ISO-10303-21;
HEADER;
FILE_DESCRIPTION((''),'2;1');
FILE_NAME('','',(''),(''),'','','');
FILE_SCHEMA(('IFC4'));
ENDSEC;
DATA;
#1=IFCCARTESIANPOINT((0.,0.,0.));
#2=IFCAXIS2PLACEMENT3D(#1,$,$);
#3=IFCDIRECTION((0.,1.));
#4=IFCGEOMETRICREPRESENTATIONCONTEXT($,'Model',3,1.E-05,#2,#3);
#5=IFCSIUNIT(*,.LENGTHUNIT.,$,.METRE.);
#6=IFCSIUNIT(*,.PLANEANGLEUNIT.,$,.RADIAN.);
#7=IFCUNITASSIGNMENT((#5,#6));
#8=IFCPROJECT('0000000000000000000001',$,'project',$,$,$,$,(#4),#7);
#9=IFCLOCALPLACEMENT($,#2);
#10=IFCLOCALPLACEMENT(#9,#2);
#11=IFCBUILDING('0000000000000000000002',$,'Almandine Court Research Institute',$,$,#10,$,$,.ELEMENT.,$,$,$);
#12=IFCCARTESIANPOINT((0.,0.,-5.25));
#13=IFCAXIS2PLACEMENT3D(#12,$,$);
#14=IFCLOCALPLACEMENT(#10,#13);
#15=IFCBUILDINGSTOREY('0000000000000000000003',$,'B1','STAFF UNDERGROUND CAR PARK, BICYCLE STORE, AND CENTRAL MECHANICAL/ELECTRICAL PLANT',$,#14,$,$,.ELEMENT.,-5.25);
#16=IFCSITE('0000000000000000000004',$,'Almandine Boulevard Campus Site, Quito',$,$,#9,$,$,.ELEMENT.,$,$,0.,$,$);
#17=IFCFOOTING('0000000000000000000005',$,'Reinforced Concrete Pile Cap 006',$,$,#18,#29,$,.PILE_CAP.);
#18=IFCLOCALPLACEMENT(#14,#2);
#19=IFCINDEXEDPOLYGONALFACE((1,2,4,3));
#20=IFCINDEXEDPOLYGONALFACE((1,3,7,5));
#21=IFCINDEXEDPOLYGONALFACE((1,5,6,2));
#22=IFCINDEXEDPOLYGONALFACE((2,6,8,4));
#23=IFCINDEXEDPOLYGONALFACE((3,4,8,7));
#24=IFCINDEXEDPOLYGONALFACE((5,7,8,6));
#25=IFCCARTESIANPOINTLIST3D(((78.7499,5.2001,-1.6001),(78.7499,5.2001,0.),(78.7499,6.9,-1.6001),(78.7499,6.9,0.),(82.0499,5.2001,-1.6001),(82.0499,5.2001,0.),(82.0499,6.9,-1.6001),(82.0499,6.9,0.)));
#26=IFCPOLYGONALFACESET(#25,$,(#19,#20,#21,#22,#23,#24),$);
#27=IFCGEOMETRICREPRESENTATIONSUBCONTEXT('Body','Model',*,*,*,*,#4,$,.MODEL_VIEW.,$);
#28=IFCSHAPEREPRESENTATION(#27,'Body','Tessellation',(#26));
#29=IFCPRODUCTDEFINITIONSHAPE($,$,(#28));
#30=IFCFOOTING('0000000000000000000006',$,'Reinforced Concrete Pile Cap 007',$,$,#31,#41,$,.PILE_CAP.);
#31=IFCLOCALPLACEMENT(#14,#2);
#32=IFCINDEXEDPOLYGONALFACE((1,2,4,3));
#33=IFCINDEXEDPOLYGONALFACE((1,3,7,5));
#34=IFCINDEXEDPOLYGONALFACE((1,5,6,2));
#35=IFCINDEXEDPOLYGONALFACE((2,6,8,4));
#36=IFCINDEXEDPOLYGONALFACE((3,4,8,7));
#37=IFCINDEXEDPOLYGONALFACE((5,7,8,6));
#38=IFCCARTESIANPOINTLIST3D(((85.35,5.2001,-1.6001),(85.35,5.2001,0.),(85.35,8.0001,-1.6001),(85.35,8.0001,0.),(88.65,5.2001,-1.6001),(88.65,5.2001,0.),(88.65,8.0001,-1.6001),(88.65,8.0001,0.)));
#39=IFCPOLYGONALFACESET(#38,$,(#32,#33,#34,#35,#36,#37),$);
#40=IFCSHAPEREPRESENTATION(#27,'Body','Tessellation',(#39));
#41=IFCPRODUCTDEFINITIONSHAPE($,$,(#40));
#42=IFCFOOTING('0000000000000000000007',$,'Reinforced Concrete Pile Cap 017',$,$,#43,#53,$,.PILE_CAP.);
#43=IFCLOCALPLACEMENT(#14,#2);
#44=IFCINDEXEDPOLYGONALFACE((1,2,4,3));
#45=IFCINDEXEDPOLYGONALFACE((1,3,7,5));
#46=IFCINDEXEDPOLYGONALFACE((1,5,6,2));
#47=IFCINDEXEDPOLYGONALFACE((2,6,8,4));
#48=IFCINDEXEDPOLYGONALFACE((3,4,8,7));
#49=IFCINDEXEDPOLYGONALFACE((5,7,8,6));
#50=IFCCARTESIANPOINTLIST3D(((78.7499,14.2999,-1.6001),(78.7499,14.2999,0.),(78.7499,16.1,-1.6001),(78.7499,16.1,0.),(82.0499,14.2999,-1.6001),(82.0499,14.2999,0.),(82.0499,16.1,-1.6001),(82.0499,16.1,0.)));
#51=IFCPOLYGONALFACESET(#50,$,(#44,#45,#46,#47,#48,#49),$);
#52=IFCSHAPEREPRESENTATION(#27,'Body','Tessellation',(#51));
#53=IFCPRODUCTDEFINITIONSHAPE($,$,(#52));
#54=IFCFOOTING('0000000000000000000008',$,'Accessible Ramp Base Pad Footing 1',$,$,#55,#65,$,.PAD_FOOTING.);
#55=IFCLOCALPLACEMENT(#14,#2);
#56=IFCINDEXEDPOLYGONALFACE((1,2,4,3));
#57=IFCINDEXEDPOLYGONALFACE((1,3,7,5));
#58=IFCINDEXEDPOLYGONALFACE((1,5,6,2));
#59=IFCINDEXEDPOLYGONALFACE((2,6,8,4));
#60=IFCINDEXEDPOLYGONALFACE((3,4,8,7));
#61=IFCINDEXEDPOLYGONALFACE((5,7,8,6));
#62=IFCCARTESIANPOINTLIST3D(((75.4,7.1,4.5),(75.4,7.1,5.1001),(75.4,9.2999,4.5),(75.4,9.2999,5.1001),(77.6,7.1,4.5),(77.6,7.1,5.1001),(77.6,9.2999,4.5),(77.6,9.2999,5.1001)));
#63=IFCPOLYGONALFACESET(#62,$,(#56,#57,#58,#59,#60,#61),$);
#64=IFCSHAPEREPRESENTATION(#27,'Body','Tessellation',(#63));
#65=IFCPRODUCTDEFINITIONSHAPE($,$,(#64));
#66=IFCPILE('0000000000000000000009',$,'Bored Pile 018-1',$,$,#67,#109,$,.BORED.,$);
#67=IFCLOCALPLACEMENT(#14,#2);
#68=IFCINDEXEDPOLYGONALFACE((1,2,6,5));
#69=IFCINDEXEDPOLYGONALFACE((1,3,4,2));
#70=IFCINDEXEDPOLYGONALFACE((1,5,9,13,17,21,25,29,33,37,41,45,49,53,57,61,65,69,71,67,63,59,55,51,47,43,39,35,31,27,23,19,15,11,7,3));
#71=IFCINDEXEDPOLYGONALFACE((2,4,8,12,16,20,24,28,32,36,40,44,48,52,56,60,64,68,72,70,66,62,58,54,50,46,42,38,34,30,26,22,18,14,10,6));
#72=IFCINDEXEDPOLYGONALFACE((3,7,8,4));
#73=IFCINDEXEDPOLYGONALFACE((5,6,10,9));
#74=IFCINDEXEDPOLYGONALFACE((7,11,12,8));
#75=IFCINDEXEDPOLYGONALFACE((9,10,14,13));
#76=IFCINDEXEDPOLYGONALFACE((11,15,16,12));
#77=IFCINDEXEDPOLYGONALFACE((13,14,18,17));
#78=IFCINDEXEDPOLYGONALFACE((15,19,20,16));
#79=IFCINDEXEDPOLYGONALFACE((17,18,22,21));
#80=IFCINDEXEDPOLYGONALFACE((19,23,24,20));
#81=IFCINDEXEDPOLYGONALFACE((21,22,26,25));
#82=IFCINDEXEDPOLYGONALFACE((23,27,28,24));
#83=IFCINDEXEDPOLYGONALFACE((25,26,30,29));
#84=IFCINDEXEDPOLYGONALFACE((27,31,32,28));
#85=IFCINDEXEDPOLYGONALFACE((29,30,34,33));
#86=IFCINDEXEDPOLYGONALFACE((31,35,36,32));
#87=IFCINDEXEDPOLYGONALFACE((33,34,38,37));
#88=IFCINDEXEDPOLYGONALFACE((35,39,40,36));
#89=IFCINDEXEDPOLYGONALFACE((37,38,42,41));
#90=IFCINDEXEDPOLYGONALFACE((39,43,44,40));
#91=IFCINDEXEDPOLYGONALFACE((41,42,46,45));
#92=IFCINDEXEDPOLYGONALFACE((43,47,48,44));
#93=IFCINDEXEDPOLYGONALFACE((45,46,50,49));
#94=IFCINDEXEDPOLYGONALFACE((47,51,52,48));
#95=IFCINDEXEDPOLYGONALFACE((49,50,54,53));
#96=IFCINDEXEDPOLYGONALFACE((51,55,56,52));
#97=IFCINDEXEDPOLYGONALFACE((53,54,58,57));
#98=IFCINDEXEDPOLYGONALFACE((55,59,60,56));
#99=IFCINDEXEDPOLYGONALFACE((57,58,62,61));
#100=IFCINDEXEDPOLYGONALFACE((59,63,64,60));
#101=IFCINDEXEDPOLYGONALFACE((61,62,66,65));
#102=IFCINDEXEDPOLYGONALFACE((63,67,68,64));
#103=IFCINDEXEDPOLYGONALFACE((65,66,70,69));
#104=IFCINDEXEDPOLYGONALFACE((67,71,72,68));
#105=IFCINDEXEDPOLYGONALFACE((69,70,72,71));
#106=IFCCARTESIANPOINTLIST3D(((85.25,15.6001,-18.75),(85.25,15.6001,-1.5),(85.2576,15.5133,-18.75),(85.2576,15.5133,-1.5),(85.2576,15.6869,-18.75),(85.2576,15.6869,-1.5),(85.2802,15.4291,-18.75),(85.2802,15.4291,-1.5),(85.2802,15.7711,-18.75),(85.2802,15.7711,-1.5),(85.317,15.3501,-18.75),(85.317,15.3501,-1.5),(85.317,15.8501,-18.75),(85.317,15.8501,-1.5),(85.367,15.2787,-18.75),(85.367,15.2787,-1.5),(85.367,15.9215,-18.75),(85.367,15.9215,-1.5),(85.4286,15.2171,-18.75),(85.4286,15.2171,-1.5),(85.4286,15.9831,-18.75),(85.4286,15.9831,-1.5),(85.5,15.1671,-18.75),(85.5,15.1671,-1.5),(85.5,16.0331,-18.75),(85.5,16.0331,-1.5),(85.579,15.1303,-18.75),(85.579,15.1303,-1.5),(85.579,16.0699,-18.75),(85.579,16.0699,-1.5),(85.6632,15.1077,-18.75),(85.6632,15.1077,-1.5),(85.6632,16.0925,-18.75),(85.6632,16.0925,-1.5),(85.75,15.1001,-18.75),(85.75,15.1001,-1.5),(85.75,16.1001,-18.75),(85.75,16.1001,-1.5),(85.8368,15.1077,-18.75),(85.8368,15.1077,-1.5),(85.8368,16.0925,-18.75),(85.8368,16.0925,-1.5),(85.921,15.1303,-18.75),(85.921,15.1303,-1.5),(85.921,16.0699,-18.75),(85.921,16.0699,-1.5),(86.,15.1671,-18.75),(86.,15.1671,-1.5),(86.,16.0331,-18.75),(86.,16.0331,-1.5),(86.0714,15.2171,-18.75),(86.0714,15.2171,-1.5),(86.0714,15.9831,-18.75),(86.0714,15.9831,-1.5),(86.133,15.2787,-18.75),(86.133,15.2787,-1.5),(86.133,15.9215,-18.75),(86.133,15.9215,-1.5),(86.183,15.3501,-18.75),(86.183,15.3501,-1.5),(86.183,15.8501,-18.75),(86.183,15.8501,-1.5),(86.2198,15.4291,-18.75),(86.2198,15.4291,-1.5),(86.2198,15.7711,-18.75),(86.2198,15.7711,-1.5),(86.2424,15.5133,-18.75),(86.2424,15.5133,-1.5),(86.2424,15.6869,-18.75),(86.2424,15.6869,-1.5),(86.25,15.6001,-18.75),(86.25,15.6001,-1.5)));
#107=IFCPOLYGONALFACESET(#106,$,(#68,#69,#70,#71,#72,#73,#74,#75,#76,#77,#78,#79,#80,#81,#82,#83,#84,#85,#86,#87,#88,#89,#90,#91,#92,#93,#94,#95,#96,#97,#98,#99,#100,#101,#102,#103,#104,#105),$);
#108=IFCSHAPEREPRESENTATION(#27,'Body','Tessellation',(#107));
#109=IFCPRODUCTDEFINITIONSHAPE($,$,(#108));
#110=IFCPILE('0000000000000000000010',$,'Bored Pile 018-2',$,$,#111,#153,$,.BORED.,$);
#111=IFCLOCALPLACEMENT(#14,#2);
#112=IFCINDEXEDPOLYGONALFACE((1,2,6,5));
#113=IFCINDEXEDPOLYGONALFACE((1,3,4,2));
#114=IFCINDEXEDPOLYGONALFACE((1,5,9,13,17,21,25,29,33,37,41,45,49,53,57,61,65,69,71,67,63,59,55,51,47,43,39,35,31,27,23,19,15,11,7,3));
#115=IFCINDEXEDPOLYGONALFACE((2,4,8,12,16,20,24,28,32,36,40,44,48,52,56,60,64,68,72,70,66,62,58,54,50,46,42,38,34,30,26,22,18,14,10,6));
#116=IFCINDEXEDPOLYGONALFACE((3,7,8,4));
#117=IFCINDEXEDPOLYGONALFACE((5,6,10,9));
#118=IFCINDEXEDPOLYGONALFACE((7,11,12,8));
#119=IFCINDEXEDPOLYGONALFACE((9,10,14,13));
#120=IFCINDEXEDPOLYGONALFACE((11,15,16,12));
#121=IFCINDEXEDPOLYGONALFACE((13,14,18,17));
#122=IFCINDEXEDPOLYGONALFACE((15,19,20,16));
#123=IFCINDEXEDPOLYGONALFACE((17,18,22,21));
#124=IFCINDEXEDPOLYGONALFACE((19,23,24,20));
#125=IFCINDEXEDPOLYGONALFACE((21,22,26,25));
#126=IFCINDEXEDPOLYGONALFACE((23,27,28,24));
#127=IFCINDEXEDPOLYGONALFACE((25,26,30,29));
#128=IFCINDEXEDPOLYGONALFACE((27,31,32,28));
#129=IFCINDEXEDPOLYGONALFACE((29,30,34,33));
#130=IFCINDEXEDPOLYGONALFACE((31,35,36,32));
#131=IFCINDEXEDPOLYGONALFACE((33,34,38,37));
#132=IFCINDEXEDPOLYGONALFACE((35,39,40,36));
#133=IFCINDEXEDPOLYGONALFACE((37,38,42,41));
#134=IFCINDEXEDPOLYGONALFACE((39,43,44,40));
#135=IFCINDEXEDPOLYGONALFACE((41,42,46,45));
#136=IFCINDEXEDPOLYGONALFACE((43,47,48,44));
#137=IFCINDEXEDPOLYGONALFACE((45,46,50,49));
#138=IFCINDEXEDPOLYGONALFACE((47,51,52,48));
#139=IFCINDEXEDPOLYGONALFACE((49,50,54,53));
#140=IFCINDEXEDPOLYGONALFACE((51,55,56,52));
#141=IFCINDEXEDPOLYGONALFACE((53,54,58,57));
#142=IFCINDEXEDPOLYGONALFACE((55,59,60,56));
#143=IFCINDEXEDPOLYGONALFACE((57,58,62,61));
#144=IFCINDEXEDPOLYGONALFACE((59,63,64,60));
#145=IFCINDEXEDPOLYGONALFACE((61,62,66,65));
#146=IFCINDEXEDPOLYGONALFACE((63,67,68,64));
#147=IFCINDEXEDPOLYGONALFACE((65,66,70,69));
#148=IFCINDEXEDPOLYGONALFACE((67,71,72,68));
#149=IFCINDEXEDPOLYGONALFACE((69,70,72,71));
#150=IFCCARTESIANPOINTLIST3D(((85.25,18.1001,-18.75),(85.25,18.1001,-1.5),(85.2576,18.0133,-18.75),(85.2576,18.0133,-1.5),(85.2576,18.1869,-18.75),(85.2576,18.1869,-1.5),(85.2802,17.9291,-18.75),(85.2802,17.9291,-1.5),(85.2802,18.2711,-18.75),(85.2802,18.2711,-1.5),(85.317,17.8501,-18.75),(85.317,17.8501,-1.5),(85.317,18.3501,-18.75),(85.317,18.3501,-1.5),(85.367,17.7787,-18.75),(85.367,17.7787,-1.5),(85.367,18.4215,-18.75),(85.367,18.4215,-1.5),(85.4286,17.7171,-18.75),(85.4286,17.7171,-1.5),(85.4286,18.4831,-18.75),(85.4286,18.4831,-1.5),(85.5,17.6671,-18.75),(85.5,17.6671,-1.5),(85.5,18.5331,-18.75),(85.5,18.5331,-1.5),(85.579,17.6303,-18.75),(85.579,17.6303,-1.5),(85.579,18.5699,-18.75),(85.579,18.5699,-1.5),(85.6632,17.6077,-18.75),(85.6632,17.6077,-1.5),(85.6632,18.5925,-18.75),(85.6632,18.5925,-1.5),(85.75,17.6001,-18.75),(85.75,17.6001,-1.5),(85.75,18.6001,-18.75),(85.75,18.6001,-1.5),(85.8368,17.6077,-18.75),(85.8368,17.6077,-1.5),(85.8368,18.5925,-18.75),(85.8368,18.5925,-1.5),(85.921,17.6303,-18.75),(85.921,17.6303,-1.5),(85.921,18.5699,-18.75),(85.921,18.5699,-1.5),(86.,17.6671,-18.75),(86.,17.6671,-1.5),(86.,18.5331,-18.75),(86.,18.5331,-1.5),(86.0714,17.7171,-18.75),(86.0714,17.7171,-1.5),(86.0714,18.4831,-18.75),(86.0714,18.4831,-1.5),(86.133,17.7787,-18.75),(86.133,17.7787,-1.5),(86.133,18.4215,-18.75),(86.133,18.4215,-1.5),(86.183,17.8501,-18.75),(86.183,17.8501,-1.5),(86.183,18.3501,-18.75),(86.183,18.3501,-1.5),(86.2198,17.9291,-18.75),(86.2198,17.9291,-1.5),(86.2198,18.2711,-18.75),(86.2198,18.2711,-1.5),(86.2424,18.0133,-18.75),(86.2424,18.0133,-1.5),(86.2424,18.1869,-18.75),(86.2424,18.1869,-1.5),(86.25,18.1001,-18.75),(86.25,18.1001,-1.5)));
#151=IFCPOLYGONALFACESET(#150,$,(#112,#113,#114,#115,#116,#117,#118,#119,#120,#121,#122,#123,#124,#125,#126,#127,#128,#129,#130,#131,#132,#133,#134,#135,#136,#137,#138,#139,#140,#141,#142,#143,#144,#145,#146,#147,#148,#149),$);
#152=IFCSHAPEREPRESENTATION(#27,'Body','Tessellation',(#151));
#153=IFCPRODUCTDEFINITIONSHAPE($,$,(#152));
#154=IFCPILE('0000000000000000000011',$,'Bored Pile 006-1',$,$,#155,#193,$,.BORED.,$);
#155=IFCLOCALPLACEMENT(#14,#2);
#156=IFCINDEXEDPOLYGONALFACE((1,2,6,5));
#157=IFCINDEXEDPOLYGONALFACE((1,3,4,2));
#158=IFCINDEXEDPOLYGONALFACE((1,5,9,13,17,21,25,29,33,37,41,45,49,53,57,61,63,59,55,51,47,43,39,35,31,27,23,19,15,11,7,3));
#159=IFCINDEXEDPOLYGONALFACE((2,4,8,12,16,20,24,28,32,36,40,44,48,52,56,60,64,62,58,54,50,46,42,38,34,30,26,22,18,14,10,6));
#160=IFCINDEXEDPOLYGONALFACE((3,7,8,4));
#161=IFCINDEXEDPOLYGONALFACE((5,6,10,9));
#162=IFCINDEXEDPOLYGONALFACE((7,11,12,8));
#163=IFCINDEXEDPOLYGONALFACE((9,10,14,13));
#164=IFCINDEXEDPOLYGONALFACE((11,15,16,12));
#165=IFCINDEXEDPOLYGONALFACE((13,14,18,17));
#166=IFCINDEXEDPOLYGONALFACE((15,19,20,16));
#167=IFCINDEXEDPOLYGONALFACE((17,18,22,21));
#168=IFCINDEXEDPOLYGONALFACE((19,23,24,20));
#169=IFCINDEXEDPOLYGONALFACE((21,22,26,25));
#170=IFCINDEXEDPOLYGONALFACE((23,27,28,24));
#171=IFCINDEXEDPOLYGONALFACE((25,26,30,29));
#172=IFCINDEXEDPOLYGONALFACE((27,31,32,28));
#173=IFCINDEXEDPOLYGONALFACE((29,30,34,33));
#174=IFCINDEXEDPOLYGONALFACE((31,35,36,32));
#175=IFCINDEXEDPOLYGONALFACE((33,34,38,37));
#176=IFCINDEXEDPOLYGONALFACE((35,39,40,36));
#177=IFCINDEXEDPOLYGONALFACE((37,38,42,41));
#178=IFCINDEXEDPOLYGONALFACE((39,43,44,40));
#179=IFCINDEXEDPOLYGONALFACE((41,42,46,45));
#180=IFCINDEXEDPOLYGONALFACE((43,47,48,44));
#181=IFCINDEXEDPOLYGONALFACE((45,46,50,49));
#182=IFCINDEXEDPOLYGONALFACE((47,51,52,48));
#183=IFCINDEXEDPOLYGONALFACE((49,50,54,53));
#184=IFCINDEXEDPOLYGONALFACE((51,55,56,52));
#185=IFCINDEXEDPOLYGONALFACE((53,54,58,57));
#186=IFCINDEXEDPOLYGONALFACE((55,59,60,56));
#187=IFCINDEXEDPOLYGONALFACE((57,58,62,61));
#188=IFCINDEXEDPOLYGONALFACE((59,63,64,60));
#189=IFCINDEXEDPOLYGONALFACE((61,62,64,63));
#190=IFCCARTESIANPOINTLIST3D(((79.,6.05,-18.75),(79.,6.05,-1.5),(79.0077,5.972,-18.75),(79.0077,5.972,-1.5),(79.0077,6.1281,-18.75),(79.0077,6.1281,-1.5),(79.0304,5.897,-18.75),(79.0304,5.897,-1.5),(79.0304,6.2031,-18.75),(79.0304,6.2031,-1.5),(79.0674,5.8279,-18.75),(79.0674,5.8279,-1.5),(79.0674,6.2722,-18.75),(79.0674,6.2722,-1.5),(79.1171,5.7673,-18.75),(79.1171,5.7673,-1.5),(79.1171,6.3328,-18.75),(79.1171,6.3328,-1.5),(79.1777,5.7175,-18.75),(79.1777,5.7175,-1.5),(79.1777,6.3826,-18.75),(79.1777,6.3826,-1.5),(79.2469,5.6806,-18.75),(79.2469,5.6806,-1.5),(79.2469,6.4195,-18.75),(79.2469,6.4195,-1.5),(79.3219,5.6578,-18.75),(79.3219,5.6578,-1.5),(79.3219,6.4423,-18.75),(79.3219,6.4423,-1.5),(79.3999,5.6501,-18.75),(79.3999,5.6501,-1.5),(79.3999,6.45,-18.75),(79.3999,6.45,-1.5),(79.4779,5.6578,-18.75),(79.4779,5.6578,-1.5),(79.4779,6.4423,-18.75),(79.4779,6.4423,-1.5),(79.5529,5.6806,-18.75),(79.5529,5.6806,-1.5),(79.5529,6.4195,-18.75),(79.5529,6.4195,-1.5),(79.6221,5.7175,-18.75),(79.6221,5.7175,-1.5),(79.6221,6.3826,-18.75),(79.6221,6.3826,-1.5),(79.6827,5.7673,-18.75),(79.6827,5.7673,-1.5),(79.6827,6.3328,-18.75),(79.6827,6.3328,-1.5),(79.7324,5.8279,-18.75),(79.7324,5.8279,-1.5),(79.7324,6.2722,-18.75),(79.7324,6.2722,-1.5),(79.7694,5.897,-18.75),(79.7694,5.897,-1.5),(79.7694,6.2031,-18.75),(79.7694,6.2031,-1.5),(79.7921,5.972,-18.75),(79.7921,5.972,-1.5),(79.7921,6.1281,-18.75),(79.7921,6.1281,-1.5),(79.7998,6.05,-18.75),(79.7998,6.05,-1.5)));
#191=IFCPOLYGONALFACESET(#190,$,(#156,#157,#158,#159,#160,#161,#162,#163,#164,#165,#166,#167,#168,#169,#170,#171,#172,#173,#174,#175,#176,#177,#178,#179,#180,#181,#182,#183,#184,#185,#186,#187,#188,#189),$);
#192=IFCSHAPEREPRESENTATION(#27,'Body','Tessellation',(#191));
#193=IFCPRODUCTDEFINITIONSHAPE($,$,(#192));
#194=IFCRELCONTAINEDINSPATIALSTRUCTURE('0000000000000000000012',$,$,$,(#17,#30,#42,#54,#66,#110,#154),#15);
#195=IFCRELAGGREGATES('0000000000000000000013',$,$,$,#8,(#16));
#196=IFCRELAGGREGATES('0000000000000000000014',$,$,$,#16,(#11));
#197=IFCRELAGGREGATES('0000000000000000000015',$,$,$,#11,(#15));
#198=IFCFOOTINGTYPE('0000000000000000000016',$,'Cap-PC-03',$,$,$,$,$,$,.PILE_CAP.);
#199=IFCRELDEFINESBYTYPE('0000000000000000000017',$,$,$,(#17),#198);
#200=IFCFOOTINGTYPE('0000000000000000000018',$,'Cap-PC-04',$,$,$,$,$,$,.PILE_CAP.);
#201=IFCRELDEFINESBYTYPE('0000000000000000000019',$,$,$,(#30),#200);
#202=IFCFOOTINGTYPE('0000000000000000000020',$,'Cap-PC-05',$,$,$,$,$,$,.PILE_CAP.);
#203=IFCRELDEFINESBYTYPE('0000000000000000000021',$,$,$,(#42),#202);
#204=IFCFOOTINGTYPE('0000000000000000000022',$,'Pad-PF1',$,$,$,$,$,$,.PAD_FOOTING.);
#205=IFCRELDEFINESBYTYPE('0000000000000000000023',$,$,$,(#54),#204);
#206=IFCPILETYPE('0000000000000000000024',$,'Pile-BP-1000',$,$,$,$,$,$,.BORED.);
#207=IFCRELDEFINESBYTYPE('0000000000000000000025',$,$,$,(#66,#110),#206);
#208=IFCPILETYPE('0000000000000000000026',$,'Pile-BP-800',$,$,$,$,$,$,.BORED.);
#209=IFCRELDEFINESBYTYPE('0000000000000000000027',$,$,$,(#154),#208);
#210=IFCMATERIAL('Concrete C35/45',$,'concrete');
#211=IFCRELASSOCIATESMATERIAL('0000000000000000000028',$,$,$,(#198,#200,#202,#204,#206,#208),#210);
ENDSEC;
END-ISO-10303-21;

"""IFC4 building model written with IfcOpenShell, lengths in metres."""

from ifc_helpers import new_model, si_unit, direction, frame, origin, origin_2d, place, context, subcontext, project, spatial, rectangle, circle, extrude, material, material_profile, profile_set, type_object, element, save


model = new_model("IFC4")

# Units and contexts
model_context = context("Model", 3, precision=1e-05, world=origin(), true_north=direction((0.0, 1.0)))
body_context = subcontext(model_context, "Body", "Model", "MODEL_VIEW")
ifc_project = project(units=[si_unit("LENGTHUNIT", "METRE"), si_unit("PLANEANGLEUNIT", "RADIAN")], contexts=[model_context])

# Site, building, storey
site_placement = place(None, origin())
site = spatial("IfcSite", under=ifc_project, at=site_placement, Name="Almandine Boulevard Campus Site, Quito", CompositionType="ELEMENT", RefElevation=0.0)
building_placement = place(site_placement, origin())
building = spatial("IfcBuilding", under=site, at=building_placement, Name="Almandine Court Research Institute", CompositionType="ELEMENT")
storey_placement = place(building_placement, frame((0.0, 0.0, -5.25)))
storey = spatial("IfcBuildingStorey", under=building, at=storey_placement, Name="B1", Description="STAFF UNDERGROUND CAR PARK, BICYCLE STORE, AND CENTRAL MECHANICAL/ELECTRICAL PLANT", CompositionType="ELEMENT", Elevation=-5.25)

# Footings
ifc_material_1 = material(Name="Concrete C35/45", Category="concrete")
footing_type_1 = type_object("IfcFootingType", Name="Cap-PC-03", PredefinedType="PILE_CAP", material=ifc_material_1)
footing_1_placement = place(storey_placement, frame((80.3999, 6.05, -1.6001), z_axis=(0.0, 0.0, 1.0), x_axis=(1.0, 0.0, 0.0)))
element("IfcFooting", 1, at=footing_1_placement, inside=storey, type_object=footing_type_1, Name="Reinforced Concrete Pile Cap 006", PredefinedType="PILE_CAP", context=body_context, shape_type="SweptSolid", body=[
    extrude(rectangle(XDim=3.3, YDim=1.7, at=origin_2d()), origin(), (0.0, 0.0, 1.0), 1.6001),
])
footing_type_2 = type_object("IfcFootingType", Name="Cap-PC-04", PredefinedType="PILE_CAP", material=ifc_material_1)
footing_2_placement = place(storey_placement, frame((87.0, 6.6001, -1.6001), z_axis=(0.0, 0.0, 1.0), x_axis=(1.0, 0.0, 0.0)))
element("IfcFooting", 2, at=footing_2_placement, inside=storey, type_object=footing_type_2, Name="Reinforced Concrete Pile Cap 007", PredefinedType="PILE_CAP", context=body_context, shape_type="SweptSolid", body=[
    extrude(rectangle(XDim=3.3, YDim=2.8, at=origin_2d()), origin(), (0.0, 0.0, 1.0), 1.6001),
])
footing_type_3 = type_object("IfcFootingType", Name="Cap-PC-05", PredefinedType="PILE_CAP", material=ifc_material_1)
footing_3_placement = place(storey_placement, frame((80.3999, 15.2, -1.6001), z_axis=(0.0, 0.0, 1.0), x_axis=(1.0, 0.0, 0.0)))
element("IfcFooting", 3, at=footing_3_placement, inside=storey, type_object=footing_type_3, Name="Reinforced Concrete Pile Cap 017", PredefinedType="PILE_CAP", context=body_context, shape_type="SweptSolid", body=[
    extrude(rectangle(XDim=3.3, YDim=1.8, at=origin_2d()), origin(), (0.0, 0.0, 1.0), 1.6001),
])
footing_type_4 = type_object("IfcFootingType", Name="Pad-PF1", PredefinedType="PAD_FOOTING", material=ifc_material_1)
footing_4_placement = place(storey_placement, frame((76.5, 8.2, 4.5), z_axis=(0.0, 0.0, 1.0), x_axis=(1.0, 0.0, 0.0)))
element("IfcFooting", 4, at=footing_4_placement, inside=storey, type_object=footing_type_4, Name="Accessible Ramp Base Pad Footing 1", PredefinedType="PAD_FOOTING", context=body_context, shape_type="SweptSolid", body=[
    extrude(rectangle(XDim=2.2, YDim=2.2, at=origin_2d()), origin(), (0.0, 0.0, 1.0), 0.6001),
])

# Piles
ifc_material_profile_1 = material_profile(ifc_material_1, circle(Radius=0.5, at=origin_2d()), Name="BORED PILE D1000")
ifc_profile_set_1 = profile_set([ifc_material_profile_1], Name="Concrete C35/45")
pile_type_1 = type_object("IfcPileType", Name="Pile-BP-1000", PredefinedType="BORED", material=ifc_profile_set_1)
for number, where, z_axis, x_axis, name in (
    (5, (85.75, 15.6001, -1.5), (0.0, 0.0, -1.0), (1.0, 0.0, 0.0), "Bored Pile 018-1"),
    (6, (85.75, 18.1001, -1.5), (0.0, 0.0, -1.0), (1.0, 0.0, 0.0), "Bored Pile 018-2"),
):
    element("IfcPile", number, at=place(storey_placement, frame(where, z_axis=z_axis, x_axis=x_axis)), inside=storey, type_object=pile_type_1, Name=name, PredefinedType="BORED", context=body_context, shape_type="SweptSolid", body=[
        extrude(circle(Radius=0.5, at=origin_2d()), origin(), (0.0, 0.0, 1.0), 17.25),
    ])
ifc_material_profile_2 = material_profile(ifc_material_1, circle(Radius=0.3999, at=origin_2d()), Name="BORED PILE D800")
ifc_profile_set_2 = profile_set([ifc_material_profile_2], Name="Concrete C35/45")
pile_type_2 = type_object("IfcPileType", Name="Pile-BP-800", PredefinedType="BORED", material=ifc_profile_set_2)
for number, where, z_axis, x_axis, name in (
    (7, (79.3999, 6.05, -1.5), (0.0, 0.0, -1.0), (1.0, 0.0, 0.0), "Bored Pile 006-1"),
):
    element("IfcPile", number, at=place(storey_placement, frame(where, z_axis=z_axis, x_axis=x_axis)), inside=storey, type_object=pile_type_2, Name=name, PredefinedType="BORED", context=body_context, shape_type="SweptSolid", body=[
        extrude(circle(Radius=0.3999, at=origin_2d()), origin(), (0.0, 0.0, 1.0), 17.25),
    ])

save(model, "model.ifc")
